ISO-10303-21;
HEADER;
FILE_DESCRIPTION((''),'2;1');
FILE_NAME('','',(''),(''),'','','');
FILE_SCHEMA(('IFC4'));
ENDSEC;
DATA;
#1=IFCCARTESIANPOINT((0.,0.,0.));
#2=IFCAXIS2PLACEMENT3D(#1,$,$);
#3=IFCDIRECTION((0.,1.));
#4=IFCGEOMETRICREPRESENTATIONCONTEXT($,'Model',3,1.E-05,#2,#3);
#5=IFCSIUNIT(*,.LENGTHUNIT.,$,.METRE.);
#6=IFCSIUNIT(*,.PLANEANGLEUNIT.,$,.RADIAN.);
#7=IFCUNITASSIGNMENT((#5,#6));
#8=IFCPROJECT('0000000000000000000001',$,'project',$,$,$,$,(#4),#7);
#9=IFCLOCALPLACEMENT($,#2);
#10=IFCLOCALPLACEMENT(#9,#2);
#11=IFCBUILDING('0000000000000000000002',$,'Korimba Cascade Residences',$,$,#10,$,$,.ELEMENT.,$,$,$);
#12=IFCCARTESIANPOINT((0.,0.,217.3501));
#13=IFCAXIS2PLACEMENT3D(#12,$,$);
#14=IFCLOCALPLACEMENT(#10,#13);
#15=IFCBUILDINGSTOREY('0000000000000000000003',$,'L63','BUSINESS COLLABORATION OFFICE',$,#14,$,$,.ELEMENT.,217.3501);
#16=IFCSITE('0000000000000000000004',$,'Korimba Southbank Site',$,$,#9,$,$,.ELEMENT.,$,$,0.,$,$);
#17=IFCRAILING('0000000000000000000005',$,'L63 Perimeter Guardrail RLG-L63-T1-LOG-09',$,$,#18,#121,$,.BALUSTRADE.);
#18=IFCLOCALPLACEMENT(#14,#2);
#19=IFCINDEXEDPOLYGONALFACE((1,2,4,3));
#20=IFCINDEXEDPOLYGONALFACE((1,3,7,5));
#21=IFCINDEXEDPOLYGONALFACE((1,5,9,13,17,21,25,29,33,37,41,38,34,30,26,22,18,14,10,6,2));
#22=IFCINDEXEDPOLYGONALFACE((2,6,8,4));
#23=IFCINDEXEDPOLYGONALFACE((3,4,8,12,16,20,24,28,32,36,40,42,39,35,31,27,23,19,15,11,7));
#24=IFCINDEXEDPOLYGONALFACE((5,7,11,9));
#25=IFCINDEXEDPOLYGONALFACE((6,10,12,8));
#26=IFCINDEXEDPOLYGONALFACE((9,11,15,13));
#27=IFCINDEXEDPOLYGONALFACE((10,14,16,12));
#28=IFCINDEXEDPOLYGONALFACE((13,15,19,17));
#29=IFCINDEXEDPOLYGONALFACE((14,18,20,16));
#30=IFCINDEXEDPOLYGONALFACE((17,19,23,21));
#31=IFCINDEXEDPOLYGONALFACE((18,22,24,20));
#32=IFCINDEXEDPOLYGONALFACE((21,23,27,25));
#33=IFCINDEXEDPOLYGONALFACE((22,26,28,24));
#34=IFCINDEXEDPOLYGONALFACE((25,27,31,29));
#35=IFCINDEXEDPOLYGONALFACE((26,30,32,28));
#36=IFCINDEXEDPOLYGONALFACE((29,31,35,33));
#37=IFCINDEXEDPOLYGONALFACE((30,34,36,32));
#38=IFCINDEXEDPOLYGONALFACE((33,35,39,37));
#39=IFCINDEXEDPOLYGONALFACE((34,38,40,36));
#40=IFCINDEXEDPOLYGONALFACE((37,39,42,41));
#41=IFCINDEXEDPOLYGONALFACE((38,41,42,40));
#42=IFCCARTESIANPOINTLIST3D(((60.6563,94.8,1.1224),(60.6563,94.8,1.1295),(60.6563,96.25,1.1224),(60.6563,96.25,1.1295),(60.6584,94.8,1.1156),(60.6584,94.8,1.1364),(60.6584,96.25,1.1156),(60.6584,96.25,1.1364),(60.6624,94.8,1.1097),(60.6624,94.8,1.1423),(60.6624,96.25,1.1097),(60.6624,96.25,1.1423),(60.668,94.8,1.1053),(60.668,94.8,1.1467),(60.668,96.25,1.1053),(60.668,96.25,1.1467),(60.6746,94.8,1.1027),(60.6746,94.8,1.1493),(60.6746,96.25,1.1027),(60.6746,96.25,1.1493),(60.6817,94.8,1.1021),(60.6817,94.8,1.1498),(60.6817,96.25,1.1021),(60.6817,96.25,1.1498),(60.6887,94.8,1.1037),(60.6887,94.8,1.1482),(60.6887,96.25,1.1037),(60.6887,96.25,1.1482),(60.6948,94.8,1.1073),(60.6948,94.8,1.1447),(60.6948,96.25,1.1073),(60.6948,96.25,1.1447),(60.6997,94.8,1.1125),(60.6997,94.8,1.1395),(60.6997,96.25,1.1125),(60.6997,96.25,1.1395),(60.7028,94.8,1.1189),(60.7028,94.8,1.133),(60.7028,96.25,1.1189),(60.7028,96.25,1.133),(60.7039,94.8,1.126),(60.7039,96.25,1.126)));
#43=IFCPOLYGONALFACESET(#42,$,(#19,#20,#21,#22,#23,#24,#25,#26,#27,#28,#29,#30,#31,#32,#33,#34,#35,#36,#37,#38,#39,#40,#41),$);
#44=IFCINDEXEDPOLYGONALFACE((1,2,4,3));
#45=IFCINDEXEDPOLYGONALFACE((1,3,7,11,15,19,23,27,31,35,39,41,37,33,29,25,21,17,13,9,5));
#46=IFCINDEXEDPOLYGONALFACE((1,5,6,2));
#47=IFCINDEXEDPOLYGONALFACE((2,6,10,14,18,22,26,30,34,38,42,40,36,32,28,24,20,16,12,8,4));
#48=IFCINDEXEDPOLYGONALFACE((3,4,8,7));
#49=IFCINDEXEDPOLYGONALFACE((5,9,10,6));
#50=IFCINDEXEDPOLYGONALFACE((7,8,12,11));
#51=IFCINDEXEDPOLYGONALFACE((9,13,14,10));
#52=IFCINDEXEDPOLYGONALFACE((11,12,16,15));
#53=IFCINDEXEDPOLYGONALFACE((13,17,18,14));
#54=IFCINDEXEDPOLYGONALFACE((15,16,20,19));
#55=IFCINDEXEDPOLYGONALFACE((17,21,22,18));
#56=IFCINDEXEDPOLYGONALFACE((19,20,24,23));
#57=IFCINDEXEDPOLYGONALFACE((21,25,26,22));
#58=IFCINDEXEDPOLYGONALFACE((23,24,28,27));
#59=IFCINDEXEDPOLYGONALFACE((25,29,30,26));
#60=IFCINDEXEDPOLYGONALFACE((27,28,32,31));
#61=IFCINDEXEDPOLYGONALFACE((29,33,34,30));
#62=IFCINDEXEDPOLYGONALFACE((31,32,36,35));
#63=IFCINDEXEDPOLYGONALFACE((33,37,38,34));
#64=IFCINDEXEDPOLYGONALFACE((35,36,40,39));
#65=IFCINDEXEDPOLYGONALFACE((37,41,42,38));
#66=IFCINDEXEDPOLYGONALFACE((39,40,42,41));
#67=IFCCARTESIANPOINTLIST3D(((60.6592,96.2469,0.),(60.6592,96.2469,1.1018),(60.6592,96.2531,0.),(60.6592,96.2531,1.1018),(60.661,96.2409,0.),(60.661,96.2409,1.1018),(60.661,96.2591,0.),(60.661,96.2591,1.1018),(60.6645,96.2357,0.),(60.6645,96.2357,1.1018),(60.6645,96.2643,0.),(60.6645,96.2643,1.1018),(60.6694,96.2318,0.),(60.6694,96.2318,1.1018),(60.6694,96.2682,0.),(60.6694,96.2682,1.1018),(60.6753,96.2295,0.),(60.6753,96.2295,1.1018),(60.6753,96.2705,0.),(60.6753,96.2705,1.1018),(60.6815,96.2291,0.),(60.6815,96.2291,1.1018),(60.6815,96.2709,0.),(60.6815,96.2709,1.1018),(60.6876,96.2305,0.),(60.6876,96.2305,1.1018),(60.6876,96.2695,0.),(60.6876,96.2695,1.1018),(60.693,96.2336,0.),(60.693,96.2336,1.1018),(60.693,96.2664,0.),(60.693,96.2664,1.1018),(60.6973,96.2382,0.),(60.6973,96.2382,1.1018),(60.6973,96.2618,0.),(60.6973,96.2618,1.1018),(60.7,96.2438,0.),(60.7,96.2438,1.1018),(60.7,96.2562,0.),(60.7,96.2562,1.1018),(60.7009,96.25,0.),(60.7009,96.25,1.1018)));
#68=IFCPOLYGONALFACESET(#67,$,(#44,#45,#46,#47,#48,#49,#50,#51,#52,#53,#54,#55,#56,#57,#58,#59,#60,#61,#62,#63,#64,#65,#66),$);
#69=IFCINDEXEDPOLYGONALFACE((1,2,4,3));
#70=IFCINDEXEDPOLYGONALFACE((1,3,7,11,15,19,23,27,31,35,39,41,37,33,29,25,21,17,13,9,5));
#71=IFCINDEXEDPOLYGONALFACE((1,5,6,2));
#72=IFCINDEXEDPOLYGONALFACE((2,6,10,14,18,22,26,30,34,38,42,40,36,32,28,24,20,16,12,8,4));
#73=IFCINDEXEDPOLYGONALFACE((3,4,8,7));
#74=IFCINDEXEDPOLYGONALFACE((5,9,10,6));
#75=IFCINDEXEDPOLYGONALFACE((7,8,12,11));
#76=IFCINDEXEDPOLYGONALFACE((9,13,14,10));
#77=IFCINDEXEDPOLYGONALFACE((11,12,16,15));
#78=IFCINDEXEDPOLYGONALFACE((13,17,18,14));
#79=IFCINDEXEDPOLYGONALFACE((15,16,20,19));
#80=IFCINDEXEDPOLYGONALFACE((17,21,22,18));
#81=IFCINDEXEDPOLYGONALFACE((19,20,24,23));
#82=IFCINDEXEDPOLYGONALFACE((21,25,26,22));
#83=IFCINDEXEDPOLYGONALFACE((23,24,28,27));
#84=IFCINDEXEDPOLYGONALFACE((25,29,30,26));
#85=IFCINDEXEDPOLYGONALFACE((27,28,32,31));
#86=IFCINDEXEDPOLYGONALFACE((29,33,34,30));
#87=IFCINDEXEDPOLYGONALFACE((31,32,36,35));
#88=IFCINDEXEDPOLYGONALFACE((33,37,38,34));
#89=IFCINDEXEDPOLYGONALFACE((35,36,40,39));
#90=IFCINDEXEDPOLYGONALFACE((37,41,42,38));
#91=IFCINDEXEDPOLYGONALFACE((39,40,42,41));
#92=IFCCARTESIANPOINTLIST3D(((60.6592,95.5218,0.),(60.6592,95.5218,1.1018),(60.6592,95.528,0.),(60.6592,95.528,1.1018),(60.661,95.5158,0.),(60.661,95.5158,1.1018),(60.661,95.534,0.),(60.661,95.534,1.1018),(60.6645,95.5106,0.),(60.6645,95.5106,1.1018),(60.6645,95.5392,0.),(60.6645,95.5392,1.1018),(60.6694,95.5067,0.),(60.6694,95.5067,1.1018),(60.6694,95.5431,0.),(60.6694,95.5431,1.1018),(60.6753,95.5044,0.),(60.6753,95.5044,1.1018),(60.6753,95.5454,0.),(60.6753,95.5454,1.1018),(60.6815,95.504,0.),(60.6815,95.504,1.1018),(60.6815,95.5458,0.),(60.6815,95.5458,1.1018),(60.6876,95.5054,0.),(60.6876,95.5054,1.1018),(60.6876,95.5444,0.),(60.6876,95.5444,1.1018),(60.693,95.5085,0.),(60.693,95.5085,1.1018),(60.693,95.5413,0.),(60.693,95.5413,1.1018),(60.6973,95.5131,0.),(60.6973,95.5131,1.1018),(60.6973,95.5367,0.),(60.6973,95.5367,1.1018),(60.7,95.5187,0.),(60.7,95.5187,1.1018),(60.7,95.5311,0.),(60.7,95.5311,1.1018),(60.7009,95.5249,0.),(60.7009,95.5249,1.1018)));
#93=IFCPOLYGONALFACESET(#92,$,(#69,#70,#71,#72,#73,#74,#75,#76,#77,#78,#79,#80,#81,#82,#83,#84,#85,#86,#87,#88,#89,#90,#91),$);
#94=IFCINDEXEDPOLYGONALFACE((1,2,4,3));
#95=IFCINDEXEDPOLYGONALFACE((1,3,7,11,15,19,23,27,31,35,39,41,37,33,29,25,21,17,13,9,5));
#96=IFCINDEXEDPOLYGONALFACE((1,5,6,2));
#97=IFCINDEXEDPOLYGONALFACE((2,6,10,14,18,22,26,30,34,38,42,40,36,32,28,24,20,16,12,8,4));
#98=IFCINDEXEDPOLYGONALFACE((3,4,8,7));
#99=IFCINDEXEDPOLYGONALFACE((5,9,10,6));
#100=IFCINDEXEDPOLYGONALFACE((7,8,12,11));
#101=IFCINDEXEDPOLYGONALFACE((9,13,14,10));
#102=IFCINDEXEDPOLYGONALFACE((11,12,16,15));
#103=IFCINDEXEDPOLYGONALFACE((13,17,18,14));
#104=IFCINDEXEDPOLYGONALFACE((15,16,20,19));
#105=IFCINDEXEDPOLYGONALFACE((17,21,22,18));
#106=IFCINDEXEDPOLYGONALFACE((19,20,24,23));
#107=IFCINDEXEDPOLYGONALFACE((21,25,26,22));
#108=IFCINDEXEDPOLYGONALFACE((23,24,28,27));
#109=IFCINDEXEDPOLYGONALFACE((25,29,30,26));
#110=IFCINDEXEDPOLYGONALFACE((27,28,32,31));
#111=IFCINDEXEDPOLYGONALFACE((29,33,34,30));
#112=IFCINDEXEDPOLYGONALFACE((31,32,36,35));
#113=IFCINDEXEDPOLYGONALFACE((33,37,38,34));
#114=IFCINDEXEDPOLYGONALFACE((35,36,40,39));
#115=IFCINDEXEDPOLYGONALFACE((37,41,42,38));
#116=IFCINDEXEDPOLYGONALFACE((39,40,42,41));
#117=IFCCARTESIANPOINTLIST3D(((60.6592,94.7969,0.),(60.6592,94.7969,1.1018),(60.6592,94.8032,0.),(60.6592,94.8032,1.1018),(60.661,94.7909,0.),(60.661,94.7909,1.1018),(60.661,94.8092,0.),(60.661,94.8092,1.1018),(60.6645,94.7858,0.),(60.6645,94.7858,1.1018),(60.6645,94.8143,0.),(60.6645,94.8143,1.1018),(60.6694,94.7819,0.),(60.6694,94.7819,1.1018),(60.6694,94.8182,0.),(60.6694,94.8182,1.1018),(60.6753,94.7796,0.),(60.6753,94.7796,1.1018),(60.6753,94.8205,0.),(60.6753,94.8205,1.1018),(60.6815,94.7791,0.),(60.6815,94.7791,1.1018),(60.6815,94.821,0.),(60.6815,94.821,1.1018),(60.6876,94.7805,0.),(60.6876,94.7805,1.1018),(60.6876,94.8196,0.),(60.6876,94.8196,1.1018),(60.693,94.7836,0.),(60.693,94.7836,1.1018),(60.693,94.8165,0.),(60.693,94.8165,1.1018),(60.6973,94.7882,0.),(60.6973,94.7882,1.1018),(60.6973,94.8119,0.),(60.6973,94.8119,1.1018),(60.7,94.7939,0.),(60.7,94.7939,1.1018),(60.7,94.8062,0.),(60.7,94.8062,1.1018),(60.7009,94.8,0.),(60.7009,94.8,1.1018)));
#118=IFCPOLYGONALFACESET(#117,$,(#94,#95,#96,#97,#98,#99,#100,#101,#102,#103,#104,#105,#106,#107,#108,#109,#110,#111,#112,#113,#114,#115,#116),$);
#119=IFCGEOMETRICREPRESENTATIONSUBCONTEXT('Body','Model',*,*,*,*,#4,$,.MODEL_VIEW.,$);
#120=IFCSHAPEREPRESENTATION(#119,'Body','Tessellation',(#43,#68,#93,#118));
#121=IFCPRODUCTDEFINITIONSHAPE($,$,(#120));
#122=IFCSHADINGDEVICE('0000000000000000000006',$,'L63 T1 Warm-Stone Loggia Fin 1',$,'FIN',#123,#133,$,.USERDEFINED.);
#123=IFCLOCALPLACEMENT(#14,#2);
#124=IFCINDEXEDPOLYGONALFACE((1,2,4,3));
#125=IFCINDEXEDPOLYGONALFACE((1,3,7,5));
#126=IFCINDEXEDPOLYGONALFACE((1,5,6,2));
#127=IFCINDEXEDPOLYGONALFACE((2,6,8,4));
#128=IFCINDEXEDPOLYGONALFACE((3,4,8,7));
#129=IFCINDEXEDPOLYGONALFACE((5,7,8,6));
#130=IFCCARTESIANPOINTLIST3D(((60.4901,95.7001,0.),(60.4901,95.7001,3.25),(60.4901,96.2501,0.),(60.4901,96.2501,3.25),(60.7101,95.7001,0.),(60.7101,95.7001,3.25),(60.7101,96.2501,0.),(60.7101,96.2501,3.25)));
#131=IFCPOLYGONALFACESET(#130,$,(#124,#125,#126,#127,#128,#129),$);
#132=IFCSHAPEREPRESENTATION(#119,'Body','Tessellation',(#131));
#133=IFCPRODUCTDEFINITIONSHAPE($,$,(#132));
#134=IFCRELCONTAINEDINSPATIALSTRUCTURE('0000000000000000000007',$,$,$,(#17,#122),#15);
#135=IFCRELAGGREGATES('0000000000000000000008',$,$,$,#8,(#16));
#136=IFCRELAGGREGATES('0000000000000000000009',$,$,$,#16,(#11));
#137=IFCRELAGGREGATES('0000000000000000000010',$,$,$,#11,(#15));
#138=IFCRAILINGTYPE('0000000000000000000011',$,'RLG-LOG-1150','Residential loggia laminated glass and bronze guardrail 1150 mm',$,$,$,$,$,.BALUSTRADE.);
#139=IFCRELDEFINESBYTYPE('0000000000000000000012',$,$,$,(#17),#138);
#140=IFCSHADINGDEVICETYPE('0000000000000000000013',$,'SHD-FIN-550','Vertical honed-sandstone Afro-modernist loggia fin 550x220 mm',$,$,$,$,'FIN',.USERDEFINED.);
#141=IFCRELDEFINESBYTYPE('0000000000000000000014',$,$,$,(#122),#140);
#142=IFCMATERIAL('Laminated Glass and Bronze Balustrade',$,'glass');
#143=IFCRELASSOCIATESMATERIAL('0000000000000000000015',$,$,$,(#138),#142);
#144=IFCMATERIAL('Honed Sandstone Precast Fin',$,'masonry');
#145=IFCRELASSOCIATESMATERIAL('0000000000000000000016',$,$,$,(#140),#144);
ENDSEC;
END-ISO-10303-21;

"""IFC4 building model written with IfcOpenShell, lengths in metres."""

from ifc_helpers import new_model, si_unit, direction, frame, origin, origin_2d, place, context, subcontext, project, spatial, rectangle, circle, extrude, material, type_object, element, save


model = new_model("IFC4")

# Units and contexts
model_context = context("Model", 3, precision=1e-05, world=origin(), true_north=direction((0.0, 1.0)))
body_context = subcontext(model_context, "Body", "Model", "MODEL_VIEW")
ifc_project = project(units=[si_unit("LENGTHUNIT", "METRE"), si_unit("PLANEANGLEUNIT", "RADIAN")], contexts=[model_context])

# Site, building, storey
site_placement = place(None, origin())
site = spatial("IfcSite", under=ifc_project, at=site_placement, Name="Korimba Southbank Site", CompositionType="ELEMENT", RefElevation=0.0)
building_placement = place(site_placement, origin())
building = spatial("IfcBuilding", under=site, at=building_placement, Name="Korimba Cascade Residences", CompositionType="ELEMENT")
storey_placement = place(building_placement, frame((0.0, 0.0, 217.3501)))
storey = spatial("IfcBuildingStorey", under=building, at=storey_placement, Name="L63", Description="BUSINESS COLLABORATION OFFICE", CompositionType="ELEMENT", Elevation=217.3501)

# Railing
ifc_material_1 = material(Name="Laminated Glass and Bronze Balustrade", Category="glass")
railing_type = type_object("IfcRailingType", Name="RLG-LOG-1150", Description="Residential loggia laminated glass and bronze guardrail 1150 mm", PredefinedType="BALUSTRADE", material=ifc_material_1)
railing_placement = place(storey_placement, frame((60.6799, 96.25, 0.0)))
element("IfcRailing", 1, at=railing_placement, inside=storey, type_object=railing_type, Name="L63 Perimeter Guardrail RLG-L63-T1-LOG-09", PredefinedType="BALUSTRADE", context=body_context, shape_type="SweptSolid", body=[
    extrude(circle(Radius=0.0239, at=origin_2d()), frame((0.0, 0.0, 1.126), z_axis=(0.0, -1.0, 0.0), x_axis=(1.0, 0.0, 0.0)), (0.0, 0.0, 1.0), 1.45),
    extrude(circle(Radius=0.021, at=origin_2d()), origin(), (0.0, 0.0, 1.0), 1.1018),
    extrude(circle(Radius=0.021, at=origin_2d()), frame((0.0, -0.7251, 0.0)), (0.0, 0.0, 1.0), 1.1018),
    extrude(circle(Radius=0.021, at=origin_2d()), frame((0.0, -1.45, 0.0)), (0.0, 0.0, 1.0), 1.1018),
])

# Shading device
ifc_material_2 = material(Name="Honed Sandstone Precast Fin", Category="masonry")
shading_device_type = type_object("IfcShadingDeviceType", Name="SHD-FIN-550", Description="Vertical honed-sandstone Afro-modernist loggia fin 550x220 mm", ElementType="FIN", PredefinedType="USERDEFINED", material=ifc_material_2)
shading_device_placement = place(storey_placement, frame((60.6001, 95.9751, 0.0), z_axis=(0.0, 0.0, 1.0), x_axis=(1.0, 0.0, 0.0)))
element("IfcShadingDevice", 2, at=shading_device_placement, inside=storey, type_object=shading_device_type, Name="L63 T1 Warm-Stone Loggia Fin 1", ObjectType="FIN", PredefinedType="USERDEFINED", context=body_context, shape_type="SweptSolid", body=[
    extrude(rectangle(XDim=0.22, YDim=0.55, at=origin_2d()), origin(), (0.0, 0.0, 1.0), 3.25),
])

save(model, "model.ifc")
